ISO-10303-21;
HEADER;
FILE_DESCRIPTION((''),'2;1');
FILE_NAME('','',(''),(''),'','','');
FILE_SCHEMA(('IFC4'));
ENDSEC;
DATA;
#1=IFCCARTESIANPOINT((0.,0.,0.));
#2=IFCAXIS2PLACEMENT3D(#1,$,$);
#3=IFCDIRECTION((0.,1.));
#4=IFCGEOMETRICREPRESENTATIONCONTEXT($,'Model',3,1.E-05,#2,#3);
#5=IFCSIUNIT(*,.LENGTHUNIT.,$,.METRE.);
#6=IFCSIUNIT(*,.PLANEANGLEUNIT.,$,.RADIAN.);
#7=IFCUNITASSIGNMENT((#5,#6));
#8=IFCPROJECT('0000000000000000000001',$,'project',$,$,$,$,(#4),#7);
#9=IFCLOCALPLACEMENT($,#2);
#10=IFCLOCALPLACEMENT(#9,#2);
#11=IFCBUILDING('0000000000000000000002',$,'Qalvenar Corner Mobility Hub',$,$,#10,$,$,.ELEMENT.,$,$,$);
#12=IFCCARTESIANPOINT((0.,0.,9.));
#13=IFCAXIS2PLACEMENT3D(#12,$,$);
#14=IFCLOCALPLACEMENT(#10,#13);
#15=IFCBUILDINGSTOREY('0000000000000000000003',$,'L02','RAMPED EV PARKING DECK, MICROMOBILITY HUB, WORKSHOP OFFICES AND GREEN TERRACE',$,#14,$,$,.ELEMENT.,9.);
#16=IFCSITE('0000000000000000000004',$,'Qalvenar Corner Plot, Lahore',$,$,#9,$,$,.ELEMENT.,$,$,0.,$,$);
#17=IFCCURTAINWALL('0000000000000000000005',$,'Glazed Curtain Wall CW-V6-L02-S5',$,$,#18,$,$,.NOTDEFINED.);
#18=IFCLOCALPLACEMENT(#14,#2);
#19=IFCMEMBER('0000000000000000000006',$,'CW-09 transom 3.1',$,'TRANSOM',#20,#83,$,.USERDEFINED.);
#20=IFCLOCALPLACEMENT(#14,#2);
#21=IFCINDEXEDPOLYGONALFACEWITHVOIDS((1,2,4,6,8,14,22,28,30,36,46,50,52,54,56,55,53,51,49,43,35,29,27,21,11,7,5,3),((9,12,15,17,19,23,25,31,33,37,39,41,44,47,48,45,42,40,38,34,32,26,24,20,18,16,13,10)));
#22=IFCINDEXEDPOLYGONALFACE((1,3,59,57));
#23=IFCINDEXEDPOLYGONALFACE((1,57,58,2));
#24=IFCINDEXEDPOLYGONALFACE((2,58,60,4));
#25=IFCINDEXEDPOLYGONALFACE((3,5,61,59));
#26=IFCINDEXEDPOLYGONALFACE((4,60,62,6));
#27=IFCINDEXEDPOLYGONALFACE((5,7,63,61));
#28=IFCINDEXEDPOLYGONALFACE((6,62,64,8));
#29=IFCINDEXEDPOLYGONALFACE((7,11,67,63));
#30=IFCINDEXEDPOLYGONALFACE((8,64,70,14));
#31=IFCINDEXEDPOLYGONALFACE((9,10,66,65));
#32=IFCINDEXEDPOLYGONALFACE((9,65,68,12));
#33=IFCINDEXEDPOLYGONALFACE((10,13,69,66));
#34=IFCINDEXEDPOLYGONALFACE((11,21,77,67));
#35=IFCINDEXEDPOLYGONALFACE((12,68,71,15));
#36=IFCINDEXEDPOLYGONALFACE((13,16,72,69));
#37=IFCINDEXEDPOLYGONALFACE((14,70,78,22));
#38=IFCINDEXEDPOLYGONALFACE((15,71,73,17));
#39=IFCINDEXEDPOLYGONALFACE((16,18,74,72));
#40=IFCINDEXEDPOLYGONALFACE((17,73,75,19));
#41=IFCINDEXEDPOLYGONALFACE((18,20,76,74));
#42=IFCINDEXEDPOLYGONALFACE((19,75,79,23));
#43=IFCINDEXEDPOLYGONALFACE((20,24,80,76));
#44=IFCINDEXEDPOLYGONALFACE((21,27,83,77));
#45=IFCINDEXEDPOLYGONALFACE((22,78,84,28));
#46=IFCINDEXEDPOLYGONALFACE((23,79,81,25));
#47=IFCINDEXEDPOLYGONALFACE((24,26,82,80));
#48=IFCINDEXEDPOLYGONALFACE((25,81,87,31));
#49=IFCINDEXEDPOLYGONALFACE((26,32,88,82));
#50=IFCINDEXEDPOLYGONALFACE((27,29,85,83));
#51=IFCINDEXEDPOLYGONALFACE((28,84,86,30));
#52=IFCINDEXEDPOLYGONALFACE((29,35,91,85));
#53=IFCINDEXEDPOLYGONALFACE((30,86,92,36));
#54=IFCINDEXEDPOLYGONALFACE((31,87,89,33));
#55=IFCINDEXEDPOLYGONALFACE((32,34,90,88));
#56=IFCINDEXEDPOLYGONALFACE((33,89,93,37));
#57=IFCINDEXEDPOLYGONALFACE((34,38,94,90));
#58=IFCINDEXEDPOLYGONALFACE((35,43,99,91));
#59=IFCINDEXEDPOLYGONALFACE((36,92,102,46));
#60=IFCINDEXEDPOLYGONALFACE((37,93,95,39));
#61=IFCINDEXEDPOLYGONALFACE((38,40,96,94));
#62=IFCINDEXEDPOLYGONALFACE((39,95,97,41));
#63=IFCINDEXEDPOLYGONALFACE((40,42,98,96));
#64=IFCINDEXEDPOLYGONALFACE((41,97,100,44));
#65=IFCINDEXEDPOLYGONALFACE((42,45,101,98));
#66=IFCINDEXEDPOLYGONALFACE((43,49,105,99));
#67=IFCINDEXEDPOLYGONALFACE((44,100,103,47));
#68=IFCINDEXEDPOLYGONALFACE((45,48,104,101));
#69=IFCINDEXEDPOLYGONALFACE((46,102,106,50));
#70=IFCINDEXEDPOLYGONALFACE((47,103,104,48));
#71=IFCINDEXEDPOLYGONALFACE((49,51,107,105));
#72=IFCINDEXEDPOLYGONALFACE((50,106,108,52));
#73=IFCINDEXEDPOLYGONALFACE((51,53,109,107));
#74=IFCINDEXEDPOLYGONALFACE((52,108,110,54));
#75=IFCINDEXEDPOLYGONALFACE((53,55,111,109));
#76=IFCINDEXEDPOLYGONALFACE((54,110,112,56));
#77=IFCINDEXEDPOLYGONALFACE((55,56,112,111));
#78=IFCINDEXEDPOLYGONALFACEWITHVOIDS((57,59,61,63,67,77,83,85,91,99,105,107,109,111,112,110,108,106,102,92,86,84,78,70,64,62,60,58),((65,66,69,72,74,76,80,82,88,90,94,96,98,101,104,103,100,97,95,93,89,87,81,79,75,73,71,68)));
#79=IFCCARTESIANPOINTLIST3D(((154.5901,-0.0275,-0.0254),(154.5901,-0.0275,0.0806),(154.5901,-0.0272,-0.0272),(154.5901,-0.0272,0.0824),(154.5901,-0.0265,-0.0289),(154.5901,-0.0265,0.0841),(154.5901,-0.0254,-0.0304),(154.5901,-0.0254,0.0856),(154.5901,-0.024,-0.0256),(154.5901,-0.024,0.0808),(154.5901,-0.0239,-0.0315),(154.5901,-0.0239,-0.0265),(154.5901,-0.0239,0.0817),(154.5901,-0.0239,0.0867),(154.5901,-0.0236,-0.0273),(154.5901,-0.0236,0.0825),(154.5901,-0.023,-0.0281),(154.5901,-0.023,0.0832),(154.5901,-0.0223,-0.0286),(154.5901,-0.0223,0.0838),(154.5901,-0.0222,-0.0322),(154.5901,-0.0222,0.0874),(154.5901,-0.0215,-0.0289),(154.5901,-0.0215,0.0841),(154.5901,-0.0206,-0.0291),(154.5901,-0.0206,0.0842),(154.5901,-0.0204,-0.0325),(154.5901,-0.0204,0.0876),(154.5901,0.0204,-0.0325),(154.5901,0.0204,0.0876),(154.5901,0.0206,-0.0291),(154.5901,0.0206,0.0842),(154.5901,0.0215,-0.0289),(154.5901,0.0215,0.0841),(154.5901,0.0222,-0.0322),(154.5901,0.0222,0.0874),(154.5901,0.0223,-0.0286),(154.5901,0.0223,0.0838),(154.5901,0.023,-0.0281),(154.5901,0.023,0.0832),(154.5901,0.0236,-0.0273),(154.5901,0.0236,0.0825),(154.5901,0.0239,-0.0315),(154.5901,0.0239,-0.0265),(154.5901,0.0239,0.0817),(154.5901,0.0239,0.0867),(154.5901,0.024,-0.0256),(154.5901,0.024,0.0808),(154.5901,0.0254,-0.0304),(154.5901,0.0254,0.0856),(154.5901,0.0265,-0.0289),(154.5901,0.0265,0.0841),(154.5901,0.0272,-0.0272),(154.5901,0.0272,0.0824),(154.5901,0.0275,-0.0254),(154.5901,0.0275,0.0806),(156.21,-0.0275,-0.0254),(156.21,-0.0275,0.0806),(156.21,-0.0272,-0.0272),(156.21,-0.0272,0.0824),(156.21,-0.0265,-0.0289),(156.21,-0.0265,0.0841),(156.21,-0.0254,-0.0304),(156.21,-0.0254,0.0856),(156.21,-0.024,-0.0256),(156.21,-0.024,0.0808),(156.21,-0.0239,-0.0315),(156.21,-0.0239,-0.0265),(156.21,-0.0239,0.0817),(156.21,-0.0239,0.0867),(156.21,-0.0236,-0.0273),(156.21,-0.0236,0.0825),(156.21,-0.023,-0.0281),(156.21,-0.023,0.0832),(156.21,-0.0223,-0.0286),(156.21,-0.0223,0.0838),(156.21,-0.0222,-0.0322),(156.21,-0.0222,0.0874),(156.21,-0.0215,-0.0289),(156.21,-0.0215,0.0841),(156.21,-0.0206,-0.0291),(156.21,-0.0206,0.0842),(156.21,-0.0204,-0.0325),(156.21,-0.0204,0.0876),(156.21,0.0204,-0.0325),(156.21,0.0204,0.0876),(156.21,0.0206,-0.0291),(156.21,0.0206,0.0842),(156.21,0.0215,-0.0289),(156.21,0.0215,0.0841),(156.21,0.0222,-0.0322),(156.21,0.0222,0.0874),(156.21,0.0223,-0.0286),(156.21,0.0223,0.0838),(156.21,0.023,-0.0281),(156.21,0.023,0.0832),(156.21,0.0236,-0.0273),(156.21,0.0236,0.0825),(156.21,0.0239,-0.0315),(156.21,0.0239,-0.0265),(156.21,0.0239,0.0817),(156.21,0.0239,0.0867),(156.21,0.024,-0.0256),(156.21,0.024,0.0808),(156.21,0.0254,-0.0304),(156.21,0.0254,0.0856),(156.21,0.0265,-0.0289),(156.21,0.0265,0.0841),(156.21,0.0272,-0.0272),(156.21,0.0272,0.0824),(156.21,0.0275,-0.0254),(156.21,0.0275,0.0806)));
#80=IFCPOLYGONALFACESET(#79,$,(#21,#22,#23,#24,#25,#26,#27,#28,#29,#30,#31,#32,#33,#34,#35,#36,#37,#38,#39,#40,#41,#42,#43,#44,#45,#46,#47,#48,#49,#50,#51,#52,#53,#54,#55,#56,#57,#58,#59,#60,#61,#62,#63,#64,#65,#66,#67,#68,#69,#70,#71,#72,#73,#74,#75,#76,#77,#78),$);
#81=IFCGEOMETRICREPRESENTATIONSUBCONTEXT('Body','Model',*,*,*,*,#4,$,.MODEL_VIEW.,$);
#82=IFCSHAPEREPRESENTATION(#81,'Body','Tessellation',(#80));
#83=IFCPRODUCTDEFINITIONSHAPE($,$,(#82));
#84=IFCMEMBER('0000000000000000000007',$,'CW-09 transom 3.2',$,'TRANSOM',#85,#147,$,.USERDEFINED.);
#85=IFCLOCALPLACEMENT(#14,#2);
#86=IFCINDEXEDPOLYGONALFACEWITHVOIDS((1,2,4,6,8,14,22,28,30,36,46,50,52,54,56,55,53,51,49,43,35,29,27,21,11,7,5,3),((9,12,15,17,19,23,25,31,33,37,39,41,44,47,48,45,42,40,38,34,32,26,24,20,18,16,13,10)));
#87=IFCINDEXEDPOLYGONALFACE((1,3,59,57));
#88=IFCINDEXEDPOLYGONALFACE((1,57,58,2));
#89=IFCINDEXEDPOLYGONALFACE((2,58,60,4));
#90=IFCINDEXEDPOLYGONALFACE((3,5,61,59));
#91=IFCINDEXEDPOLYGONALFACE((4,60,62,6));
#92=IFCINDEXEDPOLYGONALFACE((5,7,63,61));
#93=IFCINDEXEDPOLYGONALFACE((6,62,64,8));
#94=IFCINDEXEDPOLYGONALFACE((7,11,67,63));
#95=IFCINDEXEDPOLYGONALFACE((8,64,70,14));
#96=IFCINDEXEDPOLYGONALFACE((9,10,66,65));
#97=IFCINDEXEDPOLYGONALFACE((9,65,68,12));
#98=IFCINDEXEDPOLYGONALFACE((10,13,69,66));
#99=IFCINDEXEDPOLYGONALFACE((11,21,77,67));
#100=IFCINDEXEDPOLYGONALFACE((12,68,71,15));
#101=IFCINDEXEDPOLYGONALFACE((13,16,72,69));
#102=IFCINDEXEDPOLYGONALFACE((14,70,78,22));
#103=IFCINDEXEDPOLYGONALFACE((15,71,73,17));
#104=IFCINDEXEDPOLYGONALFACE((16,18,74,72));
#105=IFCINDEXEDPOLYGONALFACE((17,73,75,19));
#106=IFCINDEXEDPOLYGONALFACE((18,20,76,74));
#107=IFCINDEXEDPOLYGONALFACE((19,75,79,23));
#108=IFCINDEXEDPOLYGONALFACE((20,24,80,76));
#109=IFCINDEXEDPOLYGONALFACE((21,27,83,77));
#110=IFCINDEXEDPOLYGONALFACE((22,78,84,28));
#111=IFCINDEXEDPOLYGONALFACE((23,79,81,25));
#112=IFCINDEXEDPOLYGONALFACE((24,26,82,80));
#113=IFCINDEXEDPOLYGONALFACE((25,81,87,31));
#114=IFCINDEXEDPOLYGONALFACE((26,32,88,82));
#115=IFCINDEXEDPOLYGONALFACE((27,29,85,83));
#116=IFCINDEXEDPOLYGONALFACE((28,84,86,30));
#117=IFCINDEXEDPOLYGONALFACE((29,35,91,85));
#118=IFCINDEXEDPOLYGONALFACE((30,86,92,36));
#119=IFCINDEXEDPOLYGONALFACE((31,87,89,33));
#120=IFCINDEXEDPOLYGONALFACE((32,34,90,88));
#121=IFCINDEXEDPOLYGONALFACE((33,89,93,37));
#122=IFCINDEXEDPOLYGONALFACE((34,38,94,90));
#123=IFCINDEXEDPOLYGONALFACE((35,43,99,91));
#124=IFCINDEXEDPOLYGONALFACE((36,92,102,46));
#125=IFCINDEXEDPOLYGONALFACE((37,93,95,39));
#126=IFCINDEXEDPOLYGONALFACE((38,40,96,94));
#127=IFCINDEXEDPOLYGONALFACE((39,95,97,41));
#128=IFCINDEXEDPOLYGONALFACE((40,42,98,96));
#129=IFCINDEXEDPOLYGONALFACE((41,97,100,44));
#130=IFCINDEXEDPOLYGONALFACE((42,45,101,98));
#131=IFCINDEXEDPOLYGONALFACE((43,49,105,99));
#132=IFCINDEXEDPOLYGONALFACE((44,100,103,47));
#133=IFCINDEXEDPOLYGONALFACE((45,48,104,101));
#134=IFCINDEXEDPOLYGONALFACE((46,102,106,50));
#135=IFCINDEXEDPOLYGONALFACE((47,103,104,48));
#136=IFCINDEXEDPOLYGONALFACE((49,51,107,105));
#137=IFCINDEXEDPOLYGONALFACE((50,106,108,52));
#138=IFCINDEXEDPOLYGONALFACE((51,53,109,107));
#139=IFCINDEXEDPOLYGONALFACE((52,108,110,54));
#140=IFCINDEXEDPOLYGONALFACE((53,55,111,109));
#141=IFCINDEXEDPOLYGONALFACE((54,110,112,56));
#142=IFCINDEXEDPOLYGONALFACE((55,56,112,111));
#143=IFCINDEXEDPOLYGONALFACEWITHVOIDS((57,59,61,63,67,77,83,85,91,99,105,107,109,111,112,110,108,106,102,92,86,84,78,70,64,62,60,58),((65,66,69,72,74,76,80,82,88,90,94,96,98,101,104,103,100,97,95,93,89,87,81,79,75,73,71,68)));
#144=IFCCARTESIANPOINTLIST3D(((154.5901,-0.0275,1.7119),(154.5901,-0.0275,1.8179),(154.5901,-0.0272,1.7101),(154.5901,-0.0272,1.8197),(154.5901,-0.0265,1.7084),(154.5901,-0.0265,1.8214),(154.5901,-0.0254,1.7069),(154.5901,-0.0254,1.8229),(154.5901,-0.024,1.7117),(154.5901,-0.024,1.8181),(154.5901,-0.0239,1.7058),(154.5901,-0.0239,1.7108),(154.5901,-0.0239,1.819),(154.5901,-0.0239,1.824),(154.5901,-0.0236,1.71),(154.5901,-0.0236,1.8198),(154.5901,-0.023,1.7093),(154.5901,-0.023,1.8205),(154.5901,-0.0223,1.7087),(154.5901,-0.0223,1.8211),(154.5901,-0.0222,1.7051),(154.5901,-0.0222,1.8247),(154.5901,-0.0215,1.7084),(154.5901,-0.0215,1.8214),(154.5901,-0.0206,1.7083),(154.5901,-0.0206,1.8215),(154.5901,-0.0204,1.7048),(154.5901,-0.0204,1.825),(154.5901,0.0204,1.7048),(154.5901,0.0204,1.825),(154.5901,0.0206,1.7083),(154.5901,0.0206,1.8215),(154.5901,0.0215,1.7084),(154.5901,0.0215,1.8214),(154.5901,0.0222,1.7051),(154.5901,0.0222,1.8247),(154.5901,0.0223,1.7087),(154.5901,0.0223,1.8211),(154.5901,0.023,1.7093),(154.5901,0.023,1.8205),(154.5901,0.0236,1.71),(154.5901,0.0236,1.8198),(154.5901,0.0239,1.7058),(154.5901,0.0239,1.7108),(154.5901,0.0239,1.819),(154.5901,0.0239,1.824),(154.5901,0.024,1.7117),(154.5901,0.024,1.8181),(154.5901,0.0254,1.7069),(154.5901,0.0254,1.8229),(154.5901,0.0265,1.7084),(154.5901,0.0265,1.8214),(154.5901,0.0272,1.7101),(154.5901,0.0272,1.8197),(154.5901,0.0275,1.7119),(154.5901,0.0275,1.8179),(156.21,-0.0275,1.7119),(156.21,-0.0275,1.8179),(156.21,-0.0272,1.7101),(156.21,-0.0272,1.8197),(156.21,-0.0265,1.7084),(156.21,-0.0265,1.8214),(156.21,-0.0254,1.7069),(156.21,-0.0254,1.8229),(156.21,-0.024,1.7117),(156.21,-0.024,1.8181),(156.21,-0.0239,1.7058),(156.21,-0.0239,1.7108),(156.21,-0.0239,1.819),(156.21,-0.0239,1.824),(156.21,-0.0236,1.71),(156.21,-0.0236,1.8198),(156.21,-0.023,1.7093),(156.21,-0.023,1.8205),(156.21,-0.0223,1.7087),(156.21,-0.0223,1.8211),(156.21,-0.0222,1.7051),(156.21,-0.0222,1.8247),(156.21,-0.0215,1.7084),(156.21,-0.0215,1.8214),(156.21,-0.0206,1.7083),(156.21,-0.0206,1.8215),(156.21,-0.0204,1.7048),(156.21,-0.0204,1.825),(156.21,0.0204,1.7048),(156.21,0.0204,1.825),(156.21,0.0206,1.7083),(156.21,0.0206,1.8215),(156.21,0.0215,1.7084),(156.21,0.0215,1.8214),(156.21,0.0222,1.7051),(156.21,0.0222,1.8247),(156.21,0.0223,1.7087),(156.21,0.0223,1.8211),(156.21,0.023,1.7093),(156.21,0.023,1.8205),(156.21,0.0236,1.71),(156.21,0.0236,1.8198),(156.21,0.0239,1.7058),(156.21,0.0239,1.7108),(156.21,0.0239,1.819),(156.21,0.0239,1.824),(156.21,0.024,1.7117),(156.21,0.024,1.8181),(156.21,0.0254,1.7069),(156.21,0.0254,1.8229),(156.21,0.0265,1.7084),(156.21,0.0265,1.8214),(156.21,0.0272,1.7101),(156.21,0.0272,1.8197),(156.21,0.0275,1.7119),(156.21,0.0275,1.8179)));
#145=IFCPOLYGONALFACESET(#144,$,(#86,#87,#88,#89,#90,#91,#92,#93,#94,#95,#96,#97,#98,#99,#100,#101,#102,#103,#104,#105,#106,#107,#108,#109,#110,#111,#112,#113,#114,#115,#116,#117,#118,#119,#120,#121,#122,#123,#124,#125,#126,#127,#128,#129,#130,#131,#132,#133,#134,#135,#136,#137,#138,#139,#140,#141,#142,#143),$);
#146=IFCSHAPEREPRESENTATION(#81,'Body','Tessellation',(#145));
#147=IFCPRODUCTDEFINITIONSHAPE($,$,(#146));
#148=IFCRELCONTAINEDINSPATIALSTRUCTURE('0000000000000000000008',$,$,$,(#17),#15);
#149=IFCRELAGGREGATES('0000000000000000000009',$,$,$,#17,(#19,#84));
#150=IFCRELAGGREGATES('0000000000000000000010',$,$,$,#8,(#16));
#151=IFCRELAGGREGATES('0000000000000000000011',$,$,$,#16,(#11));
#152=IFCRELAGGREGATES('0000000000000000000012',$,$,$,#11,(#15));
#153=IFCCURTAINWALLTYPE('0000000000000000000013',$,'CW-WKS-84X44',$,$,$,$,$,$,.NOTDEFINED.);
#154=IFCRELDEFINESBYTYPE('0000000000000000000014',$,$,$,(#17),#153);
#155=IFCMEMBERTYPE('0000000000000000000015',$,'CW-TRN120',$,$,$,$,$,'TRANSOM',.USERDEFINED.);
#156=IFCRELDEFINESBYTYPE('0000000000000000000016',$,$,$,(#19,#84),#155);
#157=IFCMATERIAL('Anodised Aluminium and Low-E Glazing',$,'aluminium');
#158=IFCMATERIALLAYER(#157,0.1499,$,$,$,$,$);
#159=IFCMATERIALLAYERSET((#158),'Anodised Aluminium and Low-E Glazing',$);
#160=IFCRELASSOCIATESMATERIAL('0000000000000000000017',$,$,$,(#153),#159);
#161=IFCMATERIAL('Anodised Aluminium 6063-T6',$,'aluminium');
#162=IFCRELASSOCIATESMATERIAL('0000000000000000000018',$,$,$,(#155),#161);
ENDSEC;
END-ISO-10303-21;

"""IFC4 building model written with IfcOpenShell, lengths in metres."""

from ifc_helpers import new_model, si_unit, direction, frame, origin, origin_2d, place, context, subcontext, project, spatial, hollow_rectangle, extrude, material, layer, layer_set, material_profile, profile_set, type_object, element, aggregate, save


model = new_model("IFC4")

# Units and contexts
model_context = context("Model", 3, precision=1e-05, world=origin(), true_north=direction((0.0, 1.0)))
body_context = subcontext(model_context, "Body", "Model", "MODEL_VIEW")
ifc_project = project(units=[si_unit("LENGTHUNIT", "METRE"), si_unit("PLANEANGLEUNIT", "RADIAN")], contexts=[model_context])

# Site, building, storey
site_placement = place(None, origin())
site = spatial("IfcSite", under=ifc_project, at=site_placement, Name="Qalvenar Corner Plot, Lahore", CompositionType="ELEMENT", RefElevation=0.0)
building_placement = place(site_placement, origin())
building = spatial("IfcBuilding", under=site, at=building_placement, Name="Qalvenar Corner Mobility Hub", CompositionType="ELEMENT")
storey_placement = place(building_placement, frame((0.0, 0.0, 9.0)))
storey = spatial("IfcBuildingStorey", under=building, at=storey_placement, Name="L02", Description="RAMPED EV PARKING DECK, MICROMOBILITY HUB, WORKSHOP OFFICES AND GREEN TERRACE", CompositionType="ELEMENT", Elevation=9.0)

# Curtain wall, members
ifc_material_1 = material(Name="Anodised Aluminium and Low-E Glazing", Category="aluminium")
ifc_layer_1 = layer(ifc_material_1, 0.1499)
ifc_layer_set_1 = layer_set([ifc_layer_1], Name="Anodised Aluminium and Low-E Glazing")
curtain_wall_type = type_object("IfcCurtainWallType", Name="CW-WKS-84X44", PredefinedType="NOTDEFINED", material=ifc_layer_set_1)
curtain_wall_placement = place(storey_placement, origin())
curtain_wall = element("IfcCurtainWall", 1, at=curtain_wall_placement, inside=storey, type_object=curtain_wall_type, Name="Glazed Curtain Wall CW-V6-L02-S5", PredefinedType="NOTDEFINED")
ifc_material_2 = material(Name="Anodised Aluminium 6063-T6", Category="aluminium")
ifc_material_profile_1 = material_profile(ifc_material_2, hollow_rectangle(XDim=0.0549, YDim=0.1201, WallThickness=0.0034, InnerFilletRadius=0.0034, OuterFilletRadius=0.0071, at=origin_2d()), Name="RHS120x55x3.5")
ifc_profile_set_1 = profile_set([ifc_material_profile_1], Name="Anodised Aluminium 6063-T6")
member_type_1 = type_object("IfcMemberType", Name="CW-TRN120", ElementType="TRANSOM", PredefinedType="USERDEFINED", material=ifc_profile_set_1)
member_1_placement = place(storey_placement, frame((154.5901, 0.0, 0.0276), z_axis=(1.0, 0.0, 0.0), x_axis=(0.0, 1.0, 0.0)))
member_1 = element("IfcMember", 2, at=member_1_placement, type_object=member_type_1, Name="CW-09 transom 3.1", ObjectType="TRANSOM", PredefinedType="USERDEFINED", context=body_context, shape_type="SweptSolid", body=[
    extrude(hollow_rectangle(XDim=0.0549, YDim=0.1201, WallThickness=0.0034, InnerFilletRadius=0.0034, OuterFilletRadius=0.0071, at=origin_2d()), origin(), (0.0, 0.0, 1.0), 1.6199),
])
member_2_placement = place(storey_placement, frame((154.5901, 0.0, 1.7649), z_axis=(1.0, 0.0, 0.0), x_axis=(0.0, 1.0, 0.0)))
member_2 = element("IfcMember", 3, at=member_2_placement, type_object=member_type_1, Name="CW-09 transom 3.2", ObjectType="TRANSOM", PredefinedType="USERDEFINED", context=body_context, shape_type="SweptSolid", body=[
    extrude(hollow_rectangle(XDim=0.0549, YDim=0.1201, WallThickness=0.0034, InnerFilletRadius=0.0034, OuterFilletRadius=0.0071, at=origin_2d()), origin(), (0.0, 0.0, 1.0), 1.6199),
])
aggregate(curtain_wall, [member_1, member_2])

save(model, "model.ifc")
